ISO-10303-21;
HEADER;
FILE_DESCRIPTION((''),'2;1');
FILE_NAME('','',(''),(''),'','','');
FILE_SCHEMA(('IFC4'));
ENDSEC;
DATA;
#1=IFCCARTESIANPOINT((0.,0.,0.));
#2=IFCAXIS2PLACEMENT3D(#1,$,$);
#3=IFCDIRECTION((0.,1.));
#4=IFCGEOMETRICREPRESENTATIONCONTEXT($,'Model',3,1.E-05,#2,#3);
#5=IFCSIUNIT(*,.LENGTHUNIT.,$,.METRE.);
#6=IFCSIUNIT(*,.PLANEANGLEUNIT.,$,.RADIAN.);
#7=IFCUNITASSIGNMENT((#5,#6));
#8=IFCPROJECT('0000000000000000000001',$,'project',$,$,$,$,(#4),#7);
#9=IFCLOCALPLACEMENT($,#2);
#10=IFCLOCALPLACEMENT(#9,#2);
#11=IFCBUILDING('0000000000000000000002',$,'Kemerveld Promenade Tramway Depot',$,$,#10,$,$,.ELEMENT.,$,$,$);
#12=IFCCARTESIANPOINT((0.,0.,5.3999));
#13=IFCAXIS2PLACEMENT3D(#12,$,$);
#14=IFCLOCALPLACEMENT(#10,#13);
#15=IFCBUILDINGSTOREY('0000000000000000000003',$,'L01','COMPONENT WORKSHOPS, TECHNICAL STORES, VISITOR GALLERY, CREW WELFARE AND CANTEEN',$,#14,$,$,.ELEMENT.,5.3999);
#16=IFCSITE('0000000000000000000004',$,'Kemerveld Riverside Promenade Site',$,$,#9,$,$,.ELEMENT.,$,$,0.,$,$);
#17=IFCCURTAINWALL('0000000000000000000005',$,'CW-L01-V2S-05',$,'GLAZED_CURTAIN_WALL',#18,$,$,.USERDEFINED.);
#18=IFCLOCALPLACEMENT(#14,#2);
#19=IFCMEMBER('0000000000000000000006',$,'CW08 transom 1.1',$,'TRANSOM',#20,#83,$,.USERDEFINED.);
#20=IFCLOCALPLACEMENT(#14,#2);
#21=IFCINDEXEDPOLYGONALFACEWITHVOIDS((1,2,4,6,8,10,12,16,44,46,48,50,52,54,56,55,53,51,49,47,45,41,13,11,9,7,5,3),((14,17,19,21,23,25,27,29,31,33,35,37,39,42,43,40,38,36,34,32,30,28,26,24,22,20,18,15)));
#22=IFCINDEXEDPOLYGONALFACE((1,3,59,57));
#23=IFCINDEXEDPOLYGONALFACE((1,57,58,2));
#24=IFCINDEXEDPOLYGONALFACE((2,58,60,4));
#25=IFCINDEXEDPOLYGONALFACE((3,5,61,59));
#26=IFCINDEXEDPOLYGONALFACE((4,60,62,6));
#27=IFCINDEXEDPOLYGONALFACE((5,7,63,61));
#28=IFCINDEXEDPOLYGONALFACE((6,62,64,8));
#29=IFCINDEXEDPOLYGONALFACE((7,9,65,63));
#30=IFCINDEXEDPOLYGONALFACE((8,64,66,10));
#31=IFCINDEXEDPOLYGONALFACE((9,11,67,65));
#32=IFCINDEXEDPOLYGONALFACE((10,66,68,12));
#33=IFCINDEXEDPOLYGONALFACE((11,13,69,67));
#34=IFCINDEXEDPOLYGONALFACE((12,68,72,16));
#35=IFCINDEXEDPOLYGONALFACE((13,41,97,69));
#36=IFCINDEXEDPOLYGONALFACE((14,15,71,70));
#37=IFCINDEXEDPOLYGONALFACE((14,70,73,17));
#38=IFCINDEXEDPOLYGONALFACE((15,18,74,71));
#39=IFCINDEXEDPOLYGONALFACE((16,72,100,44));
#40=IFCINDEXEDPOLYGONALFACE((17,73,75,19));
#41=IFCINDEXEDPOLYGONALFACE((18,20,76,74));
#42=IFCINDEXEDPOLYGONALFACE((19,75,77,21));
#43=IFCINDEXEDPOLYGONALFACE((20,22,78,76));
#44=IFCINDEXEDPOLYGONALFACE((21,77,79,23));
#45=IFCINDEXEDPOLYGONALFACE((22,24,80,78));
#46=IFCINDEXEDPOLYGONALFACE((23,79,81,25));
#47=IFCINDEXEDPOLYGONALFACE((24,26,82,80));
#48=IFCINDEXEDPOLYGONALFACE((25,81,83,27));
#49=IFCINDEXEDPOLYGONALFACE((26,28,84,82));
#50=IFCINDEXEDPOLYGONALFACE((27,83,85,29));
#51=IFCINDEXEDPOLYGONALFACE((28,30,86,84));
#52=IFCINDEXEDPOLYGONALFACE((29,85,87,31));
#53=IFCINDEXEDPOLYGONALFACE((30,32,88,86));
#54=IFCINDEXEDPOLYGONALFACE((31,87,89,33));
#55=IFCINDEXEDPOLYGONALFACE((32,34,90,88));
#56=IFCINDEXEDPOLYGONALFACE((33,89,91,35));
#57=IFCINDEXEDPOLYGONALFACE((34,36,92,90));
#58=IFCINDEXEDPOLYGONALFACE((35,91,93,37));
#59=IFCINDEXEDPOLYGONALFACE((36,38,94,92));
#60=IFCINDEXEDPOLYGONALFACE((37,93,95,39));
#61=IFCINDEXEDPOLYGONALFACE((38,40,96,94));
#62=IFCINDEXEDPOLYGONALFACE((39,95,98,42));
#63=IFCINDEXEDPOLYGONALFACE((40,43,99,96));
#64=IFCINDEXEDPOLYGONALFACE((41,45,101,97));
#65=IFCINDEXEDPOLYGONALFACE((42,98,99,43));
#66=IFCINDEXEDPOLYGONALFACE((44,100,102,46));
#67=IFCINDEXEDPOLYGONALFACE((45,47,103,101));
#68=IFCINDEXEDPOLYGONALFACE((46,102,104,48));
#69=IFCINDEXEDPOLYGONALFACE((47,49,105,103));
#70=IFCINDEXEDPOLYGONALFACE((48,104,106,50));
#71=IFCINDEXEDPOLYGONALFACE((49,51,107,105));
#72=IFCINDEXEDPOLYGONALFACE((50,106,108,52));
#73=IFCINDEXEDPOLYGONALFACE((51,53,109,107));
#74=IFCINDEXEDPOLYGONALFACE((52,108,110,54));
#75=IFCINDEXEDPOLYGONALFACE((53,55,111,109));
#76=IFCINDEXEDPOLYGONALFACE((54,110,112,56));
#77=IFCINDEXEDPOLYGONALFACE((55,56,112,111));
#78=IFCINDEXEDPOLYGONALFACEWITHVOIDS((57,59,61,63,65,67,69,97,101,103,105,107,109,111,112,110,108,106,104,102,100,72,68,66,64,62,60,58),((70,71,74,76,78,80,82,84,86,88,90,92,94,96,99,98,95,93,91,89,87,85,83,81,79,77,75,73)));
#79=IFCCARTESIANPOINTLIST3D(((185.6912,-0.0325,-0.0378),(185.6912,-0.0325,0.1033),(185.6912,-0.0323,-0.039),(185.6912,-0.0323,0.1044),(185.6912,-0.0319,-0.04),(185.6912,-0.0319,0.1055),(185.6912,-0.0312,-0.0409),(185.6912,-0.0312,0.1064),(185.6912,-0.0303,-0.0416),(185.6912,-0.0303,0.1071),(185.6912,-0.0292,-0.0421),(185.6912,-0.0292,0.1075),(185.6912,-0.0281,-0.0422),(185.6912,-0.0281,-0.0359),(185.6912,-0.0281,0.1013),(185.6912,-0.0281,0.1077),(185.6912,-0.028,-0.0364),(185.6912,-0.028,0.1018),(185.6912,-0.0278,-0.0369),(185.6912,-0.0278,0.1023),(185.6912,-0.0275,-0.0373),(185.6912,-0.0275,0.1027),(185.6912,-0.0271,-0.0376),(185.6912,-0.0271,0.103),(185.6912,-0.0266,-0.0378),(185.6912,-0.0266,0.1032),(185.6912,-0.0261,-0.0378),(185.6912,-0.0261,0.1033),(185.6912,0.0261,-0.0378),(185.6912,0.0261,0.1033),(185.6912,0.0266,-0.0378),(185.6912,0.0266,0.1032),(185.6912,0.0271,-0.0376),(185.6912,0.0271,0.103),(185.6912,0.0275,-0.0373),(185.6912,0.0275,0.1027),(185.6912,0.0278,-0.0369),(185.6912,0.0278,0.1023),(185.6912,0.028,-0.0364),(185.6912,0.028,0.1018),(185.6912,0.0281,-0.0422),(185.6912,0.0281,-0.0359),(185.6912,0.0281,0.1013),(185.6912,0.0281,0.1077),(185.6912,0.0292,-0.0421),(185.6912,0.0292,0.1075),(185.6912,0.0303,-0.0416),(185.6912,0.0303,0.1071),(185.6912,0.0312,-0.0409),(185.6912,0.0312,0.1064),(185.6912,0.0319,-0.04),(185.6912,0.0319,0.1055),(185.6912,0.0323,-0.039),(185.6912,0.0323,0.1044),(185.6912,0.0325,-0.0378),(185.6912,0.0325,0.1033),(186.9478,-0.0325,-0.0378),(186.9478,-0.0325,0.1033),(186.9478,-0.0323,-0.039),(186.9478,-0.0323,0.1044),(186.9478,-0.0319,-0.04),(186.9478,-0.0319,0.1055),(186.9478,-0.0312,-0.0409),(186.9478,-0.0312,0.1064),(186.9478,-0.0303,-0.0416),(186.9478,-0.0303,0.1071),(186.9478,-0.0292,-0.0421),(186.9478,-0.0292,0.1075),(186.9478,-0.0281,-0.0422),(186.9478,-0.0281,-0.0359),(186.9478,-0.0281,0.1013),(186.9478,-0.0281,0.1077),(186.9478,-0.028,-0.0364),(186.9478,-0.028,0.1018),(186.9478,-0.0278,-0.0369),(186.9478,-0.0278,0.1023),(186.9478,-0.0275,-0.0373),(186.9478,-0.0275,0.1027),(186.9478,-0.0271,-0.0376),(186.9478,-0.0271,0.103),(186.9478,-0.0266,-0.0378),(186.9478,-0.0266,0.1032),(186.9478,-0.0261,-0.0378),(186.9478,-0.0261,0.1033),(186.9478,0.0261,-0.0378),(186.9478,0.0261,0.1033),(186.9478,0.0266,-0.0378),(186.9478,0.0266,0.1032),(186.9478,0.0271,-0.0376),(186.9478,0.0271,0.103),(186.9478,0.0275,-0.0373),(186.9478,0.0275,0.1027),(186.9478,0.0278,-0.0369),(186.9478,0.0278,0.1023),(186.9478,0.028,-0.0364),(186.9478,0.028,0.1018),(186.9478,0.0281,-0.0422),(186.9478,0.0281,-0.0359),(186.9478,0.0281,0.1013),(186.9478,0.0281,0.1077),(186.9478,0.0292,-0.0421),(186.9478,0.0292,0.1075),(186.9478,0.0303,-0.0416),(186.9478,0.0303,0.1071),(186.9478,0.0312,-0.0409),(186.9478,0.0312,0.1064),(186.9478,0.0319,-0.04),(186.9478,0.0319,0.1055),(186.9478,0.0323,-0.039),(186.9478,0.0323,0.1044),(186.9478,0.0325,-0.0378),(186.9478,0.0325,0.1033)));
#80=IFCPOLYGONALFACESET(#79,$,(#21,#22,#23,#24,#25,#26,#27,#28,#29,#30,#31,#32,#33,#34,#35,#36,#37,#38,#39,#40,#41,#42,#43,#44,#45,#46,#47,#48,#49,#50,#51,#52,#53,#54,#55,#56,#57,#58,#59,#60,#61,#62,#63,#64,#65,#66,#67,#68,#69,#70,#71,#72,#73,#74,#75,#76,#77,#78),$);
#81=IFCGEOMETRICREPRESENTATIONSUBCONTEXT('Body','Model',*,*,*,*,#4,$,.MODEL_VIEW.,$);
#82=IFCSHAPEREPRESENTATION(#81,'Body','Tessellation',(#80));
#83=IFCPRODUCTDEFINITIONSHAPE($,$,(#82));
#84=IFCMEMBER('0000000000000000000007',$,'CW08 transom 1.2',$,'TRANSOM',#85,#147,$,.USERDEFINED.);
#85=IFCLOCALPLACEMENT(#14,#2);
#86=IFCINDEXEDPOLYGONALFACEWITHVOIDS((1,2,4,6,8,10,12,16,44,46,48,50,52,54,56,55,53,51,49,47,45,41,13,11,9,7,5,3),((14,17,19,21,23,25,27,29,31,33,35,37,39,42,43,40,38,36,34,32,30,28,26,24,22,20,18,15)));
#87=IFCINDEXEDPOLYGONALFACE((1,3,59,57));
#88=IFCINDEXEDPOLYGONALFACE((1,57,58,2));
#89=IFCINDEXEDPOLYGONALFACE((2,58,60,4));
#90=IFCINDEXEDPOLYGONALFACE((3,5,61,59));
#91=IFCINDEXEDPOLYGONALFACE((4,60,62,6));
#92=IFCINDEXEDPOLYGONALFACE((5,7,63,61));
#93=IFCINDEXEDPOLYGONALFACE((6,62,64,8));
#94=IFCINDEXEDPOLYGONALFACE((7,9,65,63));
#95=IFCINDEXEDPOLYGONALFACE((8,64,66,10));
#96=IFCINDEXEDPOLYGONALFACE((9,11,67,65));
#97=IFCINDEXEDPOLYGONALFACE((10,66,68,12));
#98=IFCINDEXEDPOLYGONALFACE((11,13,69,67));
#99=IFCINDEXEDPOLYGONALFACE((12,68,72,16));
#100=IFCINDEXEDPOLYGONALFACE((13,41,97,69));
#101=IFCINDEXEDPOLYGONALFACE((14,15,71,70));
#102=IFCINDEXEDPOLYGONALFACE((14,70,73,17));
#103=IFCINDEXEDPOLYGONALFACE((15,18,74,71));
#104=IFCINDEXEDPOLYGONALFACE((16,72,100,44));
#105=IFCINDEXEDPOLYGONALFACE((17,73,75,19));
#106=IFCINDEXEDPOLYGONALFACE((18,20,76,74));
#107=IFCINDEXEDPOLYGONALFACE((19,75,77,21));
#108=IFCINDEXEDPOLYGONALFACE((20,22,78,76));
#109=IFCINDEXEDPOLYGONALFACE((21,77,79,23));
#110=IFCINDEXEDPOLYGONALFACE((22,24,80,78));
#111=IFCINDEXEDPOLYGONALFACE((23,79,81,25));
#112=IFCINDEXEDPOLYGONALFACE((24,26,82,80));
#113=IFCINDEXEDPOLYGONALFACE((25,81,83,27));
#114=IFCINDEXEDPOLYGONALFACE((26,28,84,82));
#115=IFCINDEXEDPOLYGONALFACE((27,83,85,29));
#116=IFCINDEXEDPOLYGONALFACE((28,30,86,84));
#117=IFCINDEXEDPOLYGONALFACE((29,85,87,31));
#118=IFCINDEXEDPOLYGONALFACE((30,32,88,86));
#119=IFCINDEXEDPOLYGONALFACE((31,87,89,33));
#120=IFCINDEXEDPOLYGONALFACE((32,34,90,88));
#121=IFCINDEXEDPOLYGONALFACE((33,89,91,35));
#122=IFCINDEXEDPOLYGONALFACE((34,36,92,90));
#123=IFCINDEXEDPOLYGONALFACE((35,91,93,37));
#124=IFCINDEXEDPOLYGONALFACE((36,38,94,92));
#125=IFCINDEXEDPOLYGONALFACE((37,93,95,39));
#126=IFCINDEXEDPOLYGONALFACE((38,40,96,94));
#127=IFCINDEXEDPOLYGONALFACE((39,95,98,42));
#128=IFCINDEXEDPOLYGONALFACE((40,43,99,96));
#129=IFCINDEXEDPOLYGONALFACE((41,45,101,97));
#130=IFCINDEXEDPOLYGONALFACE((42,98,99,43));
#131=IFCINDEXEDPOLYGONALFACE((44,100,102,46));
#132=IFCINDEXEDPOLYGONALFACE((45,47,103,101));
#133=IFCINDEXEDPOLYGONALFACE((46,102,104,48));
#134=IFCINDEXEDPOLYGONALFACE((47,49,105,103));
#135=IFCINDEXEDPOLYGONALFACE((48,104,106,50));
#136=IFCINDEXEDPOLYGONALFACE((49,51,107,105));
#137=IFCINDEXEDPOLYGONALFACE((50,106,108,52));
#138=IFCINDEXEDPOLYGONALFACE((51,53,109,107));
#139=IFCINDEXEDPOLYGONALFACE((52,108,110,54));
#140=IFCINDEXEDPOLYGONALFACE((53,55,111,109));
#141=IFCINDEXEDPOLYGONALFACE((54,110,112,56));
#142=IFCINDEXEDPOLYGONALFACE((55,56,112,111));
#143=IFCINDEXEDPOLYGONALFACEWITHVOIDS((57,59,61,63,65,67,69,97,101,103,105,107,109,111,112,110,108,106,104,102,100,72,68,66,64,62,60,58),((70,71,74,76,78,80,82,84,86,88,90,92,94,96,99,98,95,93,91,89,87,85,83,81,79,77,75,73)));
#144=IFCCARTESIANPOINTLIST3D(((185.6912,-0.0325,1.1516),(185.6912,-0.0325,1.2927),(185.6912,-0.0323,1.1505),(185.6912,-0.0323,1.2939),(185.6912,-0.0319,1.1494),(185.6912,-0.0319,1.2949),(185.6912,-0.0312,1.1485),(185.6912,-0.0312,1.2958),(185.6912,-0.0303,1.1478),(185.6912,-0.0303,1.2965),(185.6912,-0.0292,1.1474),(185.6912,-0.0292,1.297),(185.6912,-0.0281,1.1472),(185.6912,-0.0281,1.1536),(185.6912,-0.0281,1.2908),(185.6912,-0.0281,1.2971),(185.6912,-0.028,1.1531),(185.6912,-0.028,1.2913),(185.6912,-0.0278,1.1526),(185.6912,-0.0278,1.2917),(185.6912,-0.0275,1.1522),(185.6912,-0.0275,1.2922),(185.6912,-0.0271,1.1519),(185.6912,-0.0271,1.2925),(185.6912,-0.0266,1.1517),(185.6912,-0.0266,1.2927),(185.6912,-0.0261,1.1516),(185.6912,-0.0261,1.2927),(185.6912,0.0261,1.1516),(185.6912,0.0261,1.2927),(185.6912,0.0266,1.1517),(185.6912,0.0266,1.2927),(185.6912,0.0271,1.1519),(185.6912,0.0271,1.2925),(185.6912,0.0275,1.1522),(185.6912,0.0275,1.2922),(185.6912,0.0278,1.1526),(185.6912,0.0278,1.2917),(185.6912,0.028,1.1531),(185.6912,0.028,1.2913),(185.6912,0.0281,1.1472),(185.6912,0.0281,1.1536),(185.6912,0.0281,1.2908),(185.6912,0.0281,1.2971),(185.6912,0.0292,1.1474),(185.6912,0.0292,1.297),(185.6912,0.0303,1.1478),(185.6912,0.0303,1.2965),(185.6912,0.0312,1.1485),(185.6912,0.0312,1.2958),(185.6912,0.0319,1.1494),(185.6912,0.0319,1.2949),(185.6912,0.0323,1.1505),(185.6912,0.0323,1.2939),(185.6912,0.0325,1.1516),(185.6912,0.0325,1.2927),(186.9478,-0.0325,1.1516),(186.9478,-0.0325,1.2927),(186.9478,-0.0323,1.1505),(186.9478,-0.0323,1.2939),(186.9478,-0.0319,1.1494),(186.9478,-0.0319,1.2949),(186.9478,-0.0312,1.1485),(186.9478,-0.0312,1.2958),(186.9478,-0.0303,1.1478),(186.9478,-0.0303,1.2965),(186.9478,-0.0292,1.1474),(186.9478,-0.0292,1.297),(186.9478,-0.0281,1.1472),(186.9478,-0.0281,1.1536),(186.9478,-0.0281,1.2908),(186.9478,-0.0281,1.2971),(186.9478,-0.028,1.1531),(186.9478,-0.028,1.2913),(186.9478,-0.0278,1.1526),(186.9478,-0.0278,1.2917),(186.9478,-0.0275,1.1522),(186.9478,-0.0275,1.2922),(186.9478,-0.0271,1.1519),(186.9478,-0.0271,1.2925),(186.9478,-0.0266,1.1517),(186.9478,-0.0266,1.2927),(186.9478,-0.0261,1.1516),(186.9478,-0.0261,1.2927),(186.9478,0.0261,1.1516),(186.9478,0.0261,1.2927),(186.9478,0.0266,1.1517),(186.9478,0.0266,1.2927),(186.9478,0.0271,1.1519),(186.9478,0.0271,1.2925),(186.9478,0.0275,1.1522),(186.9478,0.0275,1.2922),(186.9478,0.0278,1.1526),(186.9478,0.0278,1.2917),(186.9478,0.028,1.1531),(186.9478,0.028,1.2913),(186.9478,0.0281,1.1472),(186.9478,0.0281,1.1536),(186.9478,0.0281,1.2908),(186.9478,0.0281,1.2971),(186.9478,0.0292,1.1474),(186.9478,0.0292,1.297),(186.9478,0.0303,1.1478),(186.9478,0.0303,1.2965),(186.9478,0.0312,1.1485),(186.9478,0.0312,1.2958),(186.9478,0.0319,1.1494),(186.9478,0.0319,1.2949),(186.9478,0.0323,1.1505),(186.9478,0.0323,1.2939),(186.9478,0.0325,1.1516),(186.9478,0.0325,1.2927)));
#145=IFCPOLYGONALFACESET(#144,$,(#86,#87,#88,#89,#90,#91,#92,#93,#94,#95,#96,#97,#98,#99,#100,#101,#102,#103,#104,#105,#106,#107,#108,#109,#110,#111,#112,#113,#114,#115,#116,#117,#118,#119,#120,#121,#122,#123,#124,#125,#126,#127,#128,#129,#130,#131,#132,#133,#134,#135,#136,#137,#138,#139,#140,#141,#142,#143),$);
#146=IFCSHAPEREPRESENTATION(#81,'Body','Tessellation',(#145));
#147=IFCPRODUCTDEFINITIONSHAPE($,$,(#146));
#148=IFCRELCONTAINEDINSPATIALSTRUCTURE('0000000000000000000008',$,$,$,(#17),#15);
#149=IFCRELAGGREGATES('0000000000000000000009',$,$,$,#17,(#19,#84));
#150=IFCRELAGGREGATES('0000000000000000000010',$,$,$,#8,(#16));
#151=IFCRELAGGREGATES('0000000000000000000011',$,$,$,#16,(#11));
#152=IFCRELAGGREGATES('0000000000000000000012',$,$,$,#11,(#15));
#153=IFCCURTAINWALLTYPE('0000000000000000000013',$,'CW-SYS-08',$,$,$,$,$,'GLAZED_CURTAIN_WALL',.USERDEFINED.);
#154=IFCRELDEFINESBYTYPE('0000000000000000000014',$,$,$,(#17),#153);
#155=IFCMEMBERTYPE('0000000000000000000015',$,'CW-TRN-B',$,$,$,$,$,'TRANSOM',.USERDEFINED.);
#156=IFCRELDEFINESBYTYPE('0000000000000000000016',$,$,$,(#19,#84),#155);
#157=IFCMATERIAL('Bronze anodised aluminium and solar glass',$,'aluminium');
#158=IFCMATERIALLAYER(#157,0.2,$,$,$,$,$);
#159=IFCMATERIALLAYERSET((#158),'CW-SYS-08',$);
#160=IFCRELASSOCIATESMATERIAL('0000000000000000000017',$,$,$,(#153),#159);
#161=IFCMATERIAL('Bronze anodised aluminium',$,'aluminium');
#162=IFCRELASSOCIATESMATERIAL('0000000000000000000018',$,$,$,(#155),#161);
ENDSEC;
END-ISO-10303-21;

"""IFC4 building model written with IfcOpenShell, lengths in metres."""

from ifc_helpers import new_model, si_unit, direction, frame, origin, origin_2d, place, context, subcontext, project, spatial, hollow_rectangle, extrude, material, layer, layer_set, material_profile, profile_set, type_object, element, aggregate, save


model = new_model("IFC4")

# Units and contexts
model_context = context("Model", 3, precision=1e-05, world=origin(), true_north=direction((0.0, 1.0)))
body_context = subcontext(model_context, "Body", "Model", "MODEL_VIEW")
ifc_project = project(units=[si_unit("LENGTHUNIT", "METRE"), si_unit("PLANEANGLEUNIT", "RADIAN")], contexts=[model_context])

# Site, building, storey
site_placement = place(None, origin())
site = spatial("IfcSite", under=ifc_project, at=site_placement, Name="Kemerveld Riverside Promenade Site", CompositionType="ELEMENT", RefElevation=0.0)
building_placement = place(site_placement, origin())
building = spatial("IfcBuilding", under=site, at=building_placement, Name="Kemerveld Promenade Tramway Depot", CompositionType="ELEMENT")
storey_placement = place(building_placement, frame((0.0, 0.0, 5.3999)))
storey = spatial("IfcBuildingStorey", under=building, at=storey_placement, Name="L01", Description="COMPONENT WORKSHOPS, TECHNICAL STORES, VISITOR GALLERY, CREW WELFARE AND CANTEEN", CompositionType="ELEMENT", Elevation=5.3999)

# Curtain wall, members
ifc_material_1 = material(Name="Bronze anodised aluminium and solar glass", Category="aluminium")
ifc_layer_1 = layer(ifc_material_1, 0.2)
ifc_layer_set_1 = layer_set([ifc_layer_1], Name="CW-SYS-08")
curtain_wall_type = type_object("IfcCurtainWallType", Name="CW-SYS-08", ElementType="GLAZED_CURTAIN_WALL", PredefinedType="USERDEFINED", material=ifc_layer_set_1)
curtain_wall_placement = place(storey_placement, origin())
curtain_wall = element("IfcCurtainWall", 1, at=curtain_wall_placement, inside=storey, type_object=curtain_wall_type, Name="CW-L01-V2S-05", ObjectType="GLAZED_CURTAIN_WALL", PredefinedType="USERDEFINED")
ifc_material_2 = material(Name="Bronze anodised aluminium", Category="aluminium")
ifc_material_profile_1 = material_profile(ifc_material_2, hollow_rectangle(XDim=0.0649, YDim=0.1499, WallThickness=0.0044, InnerFilletRadius=0.002, OuterFilletRadius=0.0044, at=origin_2d()), Name="CW-TRN-150x65")
ifc_profile_set_1 = profile_set([ifc_material_profile_1], Name="Bronze anodised aluminium")
member_type_1 = type_object("IfcMemberType", Name="CW-TRN-B", ElementType="TRANSOM", PredefinedType="USERDEFINED", material=ifc_profile_set_1)
member_1_placement = place(storey_placement, frame((186.9478, 0.0, 0.0327), z_axis=(-1.0, 0.0, 0.0), x_axis=(0.0, -1.0, 0.0)))
member_1 = element("IfcMember", 2, at=member_1_placement, type_object=member_type_1, Name="CW08 transom 1.1", ObjectType="TRANSOM", PredefinedType="USERDEFINED", context=body_context, shape_type="SweptSolid", body=[
    extrude(hollow_rectangle(XDim=0.0649, YDim=0.1499, WallThickness=0.0044, InnerFilletRadius=0.002, OuterFilletRadius=0.0044, at=origin_2d()), origin(), (0.0, 0.0, 1.0), 1.2566),
])
member_2_placement = place(storey_placement, frame((186.9478, 0.0, 1.2222), z_axis=(-1.0, 0.0, 0.0), x_axis=(0.0, -1.0, 0.0)))
member_2 = element("IfcMember", 3, at=member_2_placement, type_object=member_type_1, Name="CW08 transom 1.2", ObjectType="TRANSOM", PredefinedType="USERDEFINED", context=body_context, shape_type="SweptSolid", body=[
    extrude(hollow_rectangle(XDim=0.0649, YDim=0.1499, WallThickness=0.0044, InnerFilletRadius=0.002, OuterFilletRadius=0.0044, at=origin_2d()), origin(), (0.0, 0.0, 1.0), 1.2566),
])
aggregate(curtain_wall, [member_1, member_2])

save(model, "model.ifc")
